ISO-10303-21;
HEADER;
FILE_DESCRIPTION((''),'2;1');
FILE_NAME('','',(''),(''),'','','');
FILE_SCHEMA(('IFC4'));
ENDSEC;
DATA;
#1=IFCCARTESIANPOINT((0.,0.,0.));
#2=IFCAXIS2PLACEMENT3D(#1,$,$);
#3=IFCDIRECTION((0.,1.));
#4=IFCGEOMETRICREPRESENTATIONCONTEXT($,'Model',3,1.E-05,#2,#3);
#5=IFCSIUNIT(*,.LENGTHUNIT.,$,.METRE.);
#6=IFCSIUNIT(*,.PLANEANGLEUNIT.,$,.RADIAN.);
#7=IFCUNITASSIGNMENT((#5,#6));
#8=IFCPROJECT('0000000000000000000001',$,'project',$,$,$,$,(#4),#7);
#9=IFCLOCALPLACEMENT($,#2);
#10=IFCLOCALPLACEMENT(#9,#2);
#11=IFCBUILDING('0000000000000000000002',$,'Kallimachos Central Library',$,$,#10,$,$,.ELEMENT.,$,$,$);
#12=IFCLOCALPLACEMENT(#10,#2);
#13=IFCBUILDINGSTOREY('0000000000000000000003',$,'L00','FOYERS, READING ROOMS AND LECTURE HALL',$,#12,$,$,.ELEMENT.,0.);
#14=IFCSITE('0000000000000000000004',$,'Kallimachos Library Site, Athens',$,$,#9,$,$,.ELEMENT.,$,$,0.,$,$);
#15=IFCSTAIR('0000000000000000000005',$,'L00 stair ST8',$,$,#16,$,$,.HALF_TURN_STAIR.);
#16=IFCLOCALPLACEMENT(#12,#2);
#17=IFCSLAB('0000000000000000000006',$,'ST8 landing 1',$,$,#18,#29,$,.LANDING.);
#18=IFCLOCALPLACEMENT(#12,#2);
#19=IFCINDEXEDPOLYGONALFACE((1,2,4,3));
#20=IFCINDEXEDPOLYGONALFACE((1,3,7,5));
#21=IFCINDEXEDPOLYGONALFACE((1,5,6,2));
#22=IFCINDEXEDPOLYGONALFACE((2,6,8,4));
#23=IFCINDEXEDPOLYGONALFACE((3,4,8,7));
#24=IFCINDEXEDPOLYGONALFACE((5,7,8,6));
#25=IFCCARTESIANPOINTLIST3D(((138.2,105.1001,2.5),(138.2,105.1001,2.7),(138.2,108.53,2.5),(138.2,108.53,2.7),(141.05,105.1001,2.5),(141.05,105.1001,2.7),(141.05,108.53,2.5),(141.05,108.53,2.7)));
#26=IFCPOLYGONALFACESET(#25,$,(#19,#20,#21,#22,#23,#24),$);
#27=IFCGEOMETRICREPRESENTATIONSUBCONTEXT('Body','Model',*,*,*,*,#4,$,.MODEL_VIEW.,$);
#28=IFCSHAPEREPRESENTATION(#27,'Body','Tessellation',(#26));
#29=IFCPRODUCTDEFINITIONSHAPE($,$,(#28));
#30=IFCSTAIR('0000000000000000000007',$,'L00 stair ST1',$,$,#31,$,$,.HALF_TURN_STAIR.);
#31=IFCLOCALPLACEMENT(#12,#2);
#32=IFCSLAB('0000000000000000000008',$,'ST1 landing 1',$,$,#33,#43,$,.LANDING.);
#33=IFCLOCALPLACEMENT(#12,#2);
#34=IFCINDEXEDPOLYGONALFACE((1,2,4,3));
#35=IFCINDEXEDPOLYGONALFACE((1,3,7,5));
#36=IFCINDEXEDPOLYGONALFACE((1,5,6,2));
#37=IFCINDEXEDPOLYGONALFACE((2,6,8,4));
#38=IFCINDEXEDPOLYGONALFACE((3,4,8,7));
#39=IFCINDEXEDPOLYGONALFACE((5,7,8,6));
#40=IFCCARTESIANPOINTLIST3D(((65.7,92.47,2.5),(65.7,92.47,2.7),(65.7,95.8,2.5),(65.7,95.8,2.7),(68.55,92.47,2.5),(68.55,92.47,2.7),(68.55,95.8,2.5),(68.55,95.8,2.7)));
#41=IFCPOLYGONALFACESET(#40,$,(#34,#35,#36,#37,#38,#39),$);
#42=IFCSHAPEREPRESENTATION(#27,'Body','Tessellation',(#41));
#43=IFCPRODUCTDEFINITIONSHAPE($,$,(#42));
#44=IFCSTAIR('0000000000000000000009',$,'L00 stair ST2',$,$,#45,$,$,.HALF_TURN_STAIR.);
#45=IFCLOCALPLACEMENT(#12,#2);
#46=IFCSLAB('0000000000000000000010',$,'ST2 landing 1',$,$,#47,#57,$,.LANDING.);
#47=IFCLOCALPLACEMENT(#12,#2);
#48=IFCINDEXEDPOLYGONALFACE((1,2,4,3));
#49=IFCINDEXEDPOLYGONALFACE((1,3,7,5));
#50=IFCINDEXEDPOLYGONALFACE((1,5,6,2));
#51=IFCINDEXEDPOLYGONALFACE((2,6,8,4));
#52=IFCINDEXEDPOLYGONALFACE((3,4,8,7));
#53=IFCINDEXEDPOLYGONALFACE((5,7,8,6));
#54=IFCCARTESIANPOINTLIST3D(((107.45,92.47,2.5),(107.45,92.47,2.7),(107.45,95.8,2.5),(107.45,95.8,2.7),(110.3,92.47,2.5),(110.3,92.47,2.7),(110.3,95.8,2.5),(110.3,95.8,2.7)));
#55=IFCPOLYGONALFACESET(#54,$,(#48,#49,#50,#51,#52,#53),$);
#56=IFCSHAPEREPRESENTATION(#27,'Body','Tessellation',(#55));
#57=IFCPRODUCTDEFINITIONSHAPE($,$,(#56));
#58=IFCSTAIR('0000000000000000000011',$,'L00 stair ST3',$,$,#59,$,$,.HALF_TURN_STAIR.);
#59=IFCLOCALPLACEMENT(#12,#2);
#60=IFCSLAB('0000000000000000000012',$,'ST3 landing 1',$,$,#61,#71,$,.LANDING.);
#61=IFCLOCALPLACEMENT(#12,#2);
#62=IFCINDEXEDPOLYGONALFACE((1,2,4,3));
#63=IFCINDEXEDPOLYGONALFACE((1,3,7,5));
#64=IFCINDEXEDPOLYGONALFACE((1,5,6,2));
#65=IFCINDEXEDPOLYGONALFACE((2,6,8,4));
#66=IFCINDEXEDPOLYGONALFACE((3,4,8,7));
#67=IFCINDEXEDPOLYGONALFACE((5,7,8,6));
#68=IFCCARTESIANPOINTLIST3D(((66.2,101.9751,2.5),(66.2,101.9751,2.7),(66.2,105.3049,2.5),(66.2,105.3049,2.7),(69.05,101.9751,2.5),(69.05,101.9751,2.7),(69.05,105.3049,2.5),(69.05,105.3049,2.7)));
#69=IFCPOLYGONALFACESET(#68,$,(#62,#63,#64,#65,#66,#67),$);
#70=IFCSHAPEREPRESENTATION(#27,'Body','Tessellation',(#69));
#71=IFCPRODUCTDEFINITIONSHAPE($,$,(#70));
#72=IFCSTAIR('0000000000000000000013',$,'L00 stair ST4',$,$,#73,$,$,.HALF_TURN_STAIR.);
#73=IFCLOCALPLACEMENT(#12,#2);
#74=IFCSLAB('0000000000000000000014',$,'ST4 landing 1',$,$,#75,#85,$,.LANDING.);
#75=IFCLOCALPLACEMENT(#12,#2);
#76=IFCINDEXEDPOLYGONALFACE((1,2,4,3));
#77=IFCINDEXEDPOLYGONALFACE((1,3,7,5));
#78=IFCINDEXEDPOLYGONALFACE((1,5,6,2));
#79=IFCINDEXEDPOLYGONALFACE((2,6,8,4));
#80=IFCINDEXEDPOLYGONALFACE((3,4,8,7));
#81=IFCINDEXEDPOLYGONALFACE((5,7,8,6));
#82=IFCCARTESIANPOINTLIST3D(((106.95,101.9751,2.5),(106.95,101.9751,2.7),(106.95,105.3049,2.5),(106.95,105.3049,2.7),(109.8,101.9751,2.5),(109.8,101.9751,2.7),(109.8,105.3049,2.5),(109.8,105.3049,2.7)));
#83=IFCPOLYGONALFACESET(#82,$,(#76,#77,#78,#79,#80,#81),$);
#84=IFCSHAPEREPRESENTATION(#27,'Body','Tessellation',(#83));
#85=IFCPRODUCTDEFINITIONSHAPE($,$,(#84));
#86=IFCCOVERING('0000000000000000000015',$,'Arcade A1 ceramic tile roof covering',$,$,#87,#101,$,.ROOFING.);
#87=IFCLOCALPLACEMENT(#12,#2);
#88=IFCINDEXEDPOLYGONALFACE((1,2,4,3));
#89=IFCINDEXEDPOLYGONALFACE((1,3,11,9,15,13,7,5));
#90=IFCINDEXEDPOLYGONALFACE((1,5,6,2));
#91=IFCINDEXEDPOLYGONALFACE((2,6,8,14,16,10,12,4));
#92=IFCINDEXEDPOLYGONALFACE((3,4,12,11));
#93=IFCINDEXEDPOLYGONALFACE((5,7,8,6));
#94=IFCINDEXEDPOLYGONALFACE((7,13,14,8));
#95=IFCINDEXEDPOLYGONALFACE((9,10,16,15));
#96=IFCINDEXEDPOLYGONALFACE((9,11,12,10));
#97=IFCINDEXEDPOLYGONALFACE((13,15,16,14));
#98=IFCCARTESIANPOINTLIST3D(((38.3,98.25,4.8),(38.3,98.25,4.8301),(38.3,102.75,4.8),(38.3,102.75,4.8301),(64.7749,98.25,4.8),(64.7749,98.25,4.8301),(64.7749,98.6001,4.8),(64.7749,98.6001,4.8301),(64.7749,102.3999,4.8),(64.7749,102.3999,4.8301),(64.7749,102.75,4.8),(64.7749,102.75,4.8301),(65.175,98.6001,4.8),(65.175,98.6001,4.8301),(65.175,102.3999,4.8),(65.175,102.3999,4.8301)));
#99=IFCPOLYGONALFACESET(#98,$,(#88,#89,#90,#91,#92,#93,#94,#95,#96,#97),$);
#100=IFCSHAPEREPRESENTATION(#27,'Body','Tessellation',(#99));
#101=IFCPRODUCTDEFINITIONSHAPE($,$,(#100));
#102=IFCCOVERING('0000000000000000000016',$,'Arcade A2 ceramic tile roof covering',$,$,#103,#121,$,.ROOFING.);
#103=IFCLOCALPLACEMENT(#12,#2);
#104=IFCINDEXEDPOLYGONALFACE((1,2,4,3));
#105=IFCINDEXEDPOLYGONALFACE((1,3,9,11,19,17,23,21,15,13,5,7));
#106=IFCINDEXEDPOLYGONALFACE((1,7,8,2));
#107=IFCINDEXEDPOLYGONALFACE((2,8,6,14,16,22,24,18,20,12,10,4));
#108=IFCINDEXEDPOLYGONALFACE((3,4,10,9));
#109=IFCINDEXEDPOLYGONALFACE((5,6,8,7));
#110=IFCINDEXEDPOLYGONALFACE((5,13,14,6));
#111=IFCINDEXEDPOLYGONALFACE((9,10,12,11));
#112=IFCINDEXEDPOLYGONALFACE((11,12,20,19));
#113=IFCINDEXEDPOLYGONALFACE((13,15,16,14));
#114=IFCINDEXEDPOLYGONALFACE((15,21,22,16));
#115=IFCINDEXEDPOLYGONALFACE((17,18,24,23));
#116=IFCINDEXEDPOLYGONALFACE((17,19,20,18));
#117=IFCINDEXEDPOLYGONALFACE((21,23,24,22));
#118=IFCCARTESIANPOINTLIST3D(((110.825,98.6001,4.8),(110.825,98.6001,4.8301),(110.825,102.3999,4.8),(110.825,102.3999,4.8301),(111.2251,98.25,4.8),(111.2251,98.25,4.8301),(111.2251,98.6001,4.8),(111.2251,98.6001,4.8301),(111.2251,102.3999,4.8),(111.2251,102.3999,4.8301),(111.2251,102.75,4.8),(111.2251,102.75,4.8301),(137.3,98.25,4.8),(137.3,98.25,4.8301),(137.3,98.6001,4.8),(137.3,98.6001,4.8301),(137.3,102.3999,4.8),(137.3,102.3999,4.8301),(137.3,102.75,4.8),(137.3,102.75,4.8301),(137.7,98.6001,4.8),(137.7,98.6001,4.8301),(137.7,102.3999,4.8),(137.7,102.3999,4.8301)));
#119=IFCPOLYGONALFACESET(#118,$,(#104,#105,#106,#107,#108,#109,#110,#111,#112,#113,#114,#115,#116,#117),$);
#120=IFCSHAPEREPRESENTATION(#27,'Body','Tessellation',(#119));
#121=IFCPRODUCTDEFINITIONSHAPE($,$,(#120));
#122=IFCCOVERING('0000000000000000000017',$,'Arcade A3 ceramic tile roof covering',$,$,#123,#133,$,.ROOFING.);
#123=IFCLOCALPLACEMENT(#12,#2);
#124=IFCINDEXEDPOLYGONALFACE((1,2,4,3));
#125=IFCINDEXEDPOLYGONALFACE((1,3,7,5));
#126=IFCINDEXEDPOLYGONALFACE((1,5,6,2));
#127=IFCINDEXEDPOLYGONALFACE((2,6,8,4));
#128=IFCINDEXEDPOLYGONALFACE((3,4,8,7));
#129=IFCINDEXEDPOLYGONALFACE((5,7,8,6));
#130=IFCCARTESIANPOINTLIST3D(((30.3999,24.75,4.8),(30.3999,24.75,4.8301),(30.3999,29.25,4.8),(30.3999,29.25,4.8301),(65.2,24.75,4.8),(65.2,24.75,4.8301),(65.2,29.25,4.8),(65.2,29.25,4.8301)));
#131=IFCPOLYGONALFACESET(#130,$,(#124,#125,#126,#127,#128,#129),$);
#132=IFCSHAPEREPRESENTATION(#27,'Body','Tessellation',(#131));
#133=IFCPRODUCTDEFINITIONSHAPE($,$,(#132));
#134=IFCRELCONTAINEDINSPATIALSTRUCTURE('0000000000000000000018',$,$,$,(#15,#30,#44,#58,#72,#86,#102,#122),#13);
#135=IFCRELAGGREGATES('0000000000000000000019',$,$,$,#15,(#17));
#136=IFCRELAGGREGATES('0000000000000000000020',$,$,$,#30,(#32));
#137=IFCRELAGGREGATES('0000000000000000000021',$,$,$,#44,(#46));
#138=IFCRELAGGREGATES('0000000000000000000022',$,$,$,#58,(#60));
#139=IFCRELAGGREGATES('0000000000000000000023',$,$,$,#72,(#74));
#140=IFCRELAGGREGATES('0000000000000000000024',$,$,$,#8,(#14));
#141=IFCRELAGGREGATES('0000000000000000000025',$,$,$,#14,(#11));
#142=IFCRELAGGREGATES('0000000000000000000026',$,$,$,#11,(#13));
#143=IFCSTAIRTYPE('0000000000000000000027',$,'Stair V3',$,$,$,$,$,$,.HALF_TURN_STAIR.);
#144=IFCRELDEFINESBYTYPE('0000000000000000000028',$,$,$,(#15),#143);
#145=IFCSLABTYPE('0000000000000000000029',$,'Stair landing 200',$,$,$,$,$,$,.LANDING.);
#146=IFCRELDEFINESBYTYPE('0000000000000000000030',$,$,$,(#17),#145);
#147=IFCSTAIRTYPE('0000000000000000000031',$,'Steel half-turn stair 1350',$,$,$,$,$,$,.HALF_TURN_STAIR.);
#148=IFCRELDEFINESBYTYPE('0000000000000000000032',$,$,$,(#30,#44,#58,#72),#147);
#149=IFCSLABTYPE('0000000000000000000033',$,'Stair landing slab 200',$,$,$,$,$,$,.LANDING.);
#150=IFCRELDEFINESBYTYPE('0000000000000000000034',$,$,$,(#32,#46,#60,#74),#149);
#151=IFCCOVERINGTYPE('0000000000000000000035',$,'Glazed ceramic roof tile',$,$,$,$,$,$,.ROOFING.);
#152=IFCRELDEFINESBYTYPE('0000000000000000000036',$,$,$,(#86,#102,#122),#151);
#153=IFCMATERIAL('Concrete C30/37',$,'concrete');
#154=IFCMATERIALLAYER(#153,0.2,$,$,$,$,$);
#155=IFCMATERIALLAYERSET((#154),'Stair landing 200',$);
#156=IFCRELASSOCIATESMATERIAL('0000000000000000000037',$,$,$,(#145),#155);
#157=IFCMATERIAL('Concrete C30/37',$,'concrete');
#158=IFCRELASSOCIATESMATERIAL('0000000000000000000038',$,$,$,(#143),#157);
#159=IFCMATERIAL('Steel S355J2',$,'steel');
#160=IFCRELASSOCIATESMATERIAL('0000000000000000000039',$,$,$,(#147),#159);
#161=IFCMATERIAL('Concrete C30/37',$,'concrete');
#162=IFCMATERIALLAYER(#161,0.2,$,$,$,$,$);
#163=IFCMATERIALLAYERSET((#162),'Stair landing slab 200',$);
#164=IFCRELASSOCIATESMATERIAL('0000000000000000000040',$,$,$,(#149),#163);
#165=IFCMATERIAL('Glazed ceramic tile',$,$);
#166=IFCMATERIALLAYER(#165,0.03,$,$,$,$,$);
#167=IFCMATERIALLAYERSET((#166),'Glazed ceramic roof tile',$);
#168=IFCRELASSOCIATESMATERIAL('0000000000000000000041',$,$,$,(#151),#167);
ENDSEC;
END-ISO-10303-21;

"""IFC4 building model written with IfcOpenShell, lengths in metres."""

from ifc_helpers import new_model, si_unit, direction, frame, origin, place, context, subcontext, project, spatial, polyline, outline, extrude, material, layer, layer_set, type_object, element, aggregate, save


model = new_model("IFC4")

# Units and contexts
model_context = context("Model", 3, precision=1e-05, world=origin(), true_north=direction((0.0, 1.0)))
body_context = subcontext(model_context, "Body", "Model", "MODEL_VIEW")
ifc_project = project(units=[si_unit("LENGTHUNIT", "METRE"), si_unit("PLANEANGLEUNIT", "RADIAN")], contexts=[model_context])

# Site, building, storey
site_placement = place(None, origin())
site = spatial("IfcSite", under=ifc_project, at=site_placement, Name="Kallimachos Library Site, Athens", CompositionType="ELEMENT", RefElevation=0.0)
building_placement = place(site_placement, origin())
building = spatial("IfcBuilding", under=site, at=building_placement, Name="Kallimachos Central Library", CompositionType="ELEMENT")
storey_placement = place(building_placement, origin())
storey = spatial("IfcBuildingStorey", under=building, at=storey_placement, Name="L00", Description="FOYERS, READING ROOMS AND LECTURE HALL", CompositionType="ELEMENT", Elevation=0.0)

# Stairs, slabs
ifc_material_1 = material(Name="Concrete C30/37", Category="concrete")
ifc_layer_1 = layer(ifc_material_1, 0.2)
ifc_layer_set_1 = layer_set([ifc_layer_1], Name="Stair landing 200")
slab_type_1 = type_object("IfcSlabType", Name="Stair landing 200", PredefinedType="LANDING", material=ifc_layer_set_1)
ifc_material_2 = material(Name="Concrete C30/37", Category="concrete")
stair_type_1 = type_object("IfcStairType", Name="Stair V3", PredefinedType="HALF_TURN_STAIR", material=ifc_material_2)
stair_1_placement = place(storey_placement, origin())
stair_1 = element("IfcStair", 1, at=stair_1_placement, inside=storey, type_object=stair_type_1, Name="L00 stair ST8", PredefinedType="HALF_TURN_STAIR")
slab_1_placement = place(storey_placement, frame((0.0, 0.0, 2.5)))
slab_1 = element("IfcSlab", 2, at=slab_1_placement, type_object=slab_type_1, Name="ST8 landing 1", PredefinedType="LANDING", context=body_context, shape_type="SweptSolid", body=[
    extrude(outline(polyline([(138.2, 105.1001), (141.05, 105.1001), (141.05, 108.53), (138.2, 108.53), (138.2, 105.1001)])), origin(), (0.0, 0.0, 1.0), 0.2),
])
aggregate(stair_1, [slab_1])
ifc_material_3 = material(Name="Steel S355J2", Category="steel")
stair_type_2 = type_object("IfcStairType", Name="Steel half-turn stair 1350", PredefinedType="HALF_TURN_STAIR", material=ifc_material_3)
stair_2_placement = place(storey_placement, origin())
stair_2 = element("IfcStair", 3, at=stair_2_placement, inside=storey, type_object=stair_type_2, Name="L00 stair ST1", PredefinedType="HALF_TURN_STAIR")
ifc_material_4 = material(Name="Concrete C30/37", Category="concrete")
ifc_layer_2 = layer(ifc_material_4, 0.2)
ifc_layer_set_2 = layer_set([ifc_layer_2], Name="Stair landing slab 200")
slab_type_2 = type_object("IfcSlabType", Name="Stair landing slab 200", PredefinedType="LANDING", material=ifc_layer_set_2)
slab_2_placement = place(storey_placement, frame((0.0, 0.0, 2.5)))
slab_2 = element("IfcSlab", 4, at=slab_2_placement, type_object=slab_type_2, Name="ST1 landing 1", PredefinedType="LANDING", context=body_context, shape_type="SweptSolid", body=[
    extrude(outline(polyline([(68.55, 92.47), (68.55, 95.8), (65.7, 95.8), (65.7, 92.47), (68.55, 92.47)])), origin(), (0.0, 0.0, 1.0), 0.2),
])
aggregate(stair_2, [slab_2])
stair_3_placement = place(storey_placement, origin())
stair_3 = element("IfcStair", 5, at=stair_3_placement, inside=storey, type_object=stair_type_2, Name="L00 stair ST2", PredefinedType="HALF_TURN_STAIR")
slab_3_placement = place(storey_placement, frame((0.0, 0.0, 2.5)))
slab_3 = element("IfcSlab", 6, at=slab_3_placement, type_object=slab_type_2, Name="ST2 landing 1", PredefinedType="LANDING", context=body_context, shape_type="SweptSolid", body=[
    extrude(outline(polyline([(110.3, 92.47), (110.3, 95.8), (107.45, 95.8), (107.45, 92.47), (110.3, 92.47)])), origin(), (0.0, 0.0, 1.0), 0.2),
])
aggregate(stair_3, [slab_3])
stair_4_placement = place(storey_placement, origin())
stair_4 = element("IfcStair", 7, at=stair_4_placement, inside=storey, type_object=stair_type_2, Name="L00 stair ST3", PredefinedType="HALF_TURN_STAIR")
slab_4_placement = place(storey_placement, frame((0.0, 0.0, 2.5)))
slab_4 = element("IfcSlab", 8, at=slab_4_placement, type_object=slab_type_2, Name="ST3 landing 1", PredefinedType="LANDING", context=body_context, shape_type="SweptSolid", body=[
    extrude(outline(polyline([(66.2, 105.3049), (66.2, 101.9751), (69.05, 101.9751), (69.05, 105.3049), (66.2, 105.3049)])), origin(), (0.0, 0.0, 1.0), 0.2),
])
aggregate(stair_4, [slab_4])
stair_5_placement = place(storey_placement, origin())
stair_5 = element("IfcStair", 9, at=stair_5_placement, inside=storey, type_object=stair_type_2, Name="L00 stair ST4", PredefinedType="HALF_TURN_STAIR")
slab_5_placement = place(storey_placement, frame((0.0, 0.0, 2.5)))
slab_5 = element("IfcSlab", 10, at=slab_5_placement, type_object=slab_type_2, Name="ST4 landing 1", PredefinedType="LANDING", context=body_context, shape_type="SweptSolid", body=[
    extrude(outline(polyline([(106.95, 105.3049), (106.95, 101.9751), (109.8, 101.9751), (109.8, 105.3049), (106.95, 105.3049)])), origin(), (0.0, 0.0, 1.0), 0.2),
])
aggregate(stair_5, [slab_5])

# Coverings
ifc_material_5 = material(Name="Glazed ceramic tile")
ifc_layer_3 = layer(ifc_material_5, 0.03)
ifc_layer_set_3 = layer_set([ifc_layer_3], Name="Glazed ceramic roof tile")
covering_type = type_object("IfcCoveringType", Name="Glazed ceramic roof tile", PredefinedType="ROOFING", material=ifc_layer_set_3)
covering_1_placement = place(storey_placement, frame((0.0, 0.0, 4.8)))
element("IfcCovering", 11, at=covering_1_placement, inside=storey, type_object=covering_type, Name="Arcade A1 ceramic tile roof covering", PredefinedType="ROOFING", context=body_context, shape_type="SweptSolid", body=[
    extrude(outline(polyline([(38.3, 98.25), (64.7749, 98.25), (64.7749, 98.6001), (65.175, 98.6001), (65.175, 102.3999), (64.7749, 102.3999), (64.7749, 102.75), (38.3, 102.75), (38.3, 98.25)])), origin(), (0.0, 0.0, 1.0), 0.03),
])
covering_2_placement = place(storey_placement, frame((0.0, 0.0, 4.8)))
element("IfcCovering", 12, at=covering_2_placement, inside=storey, type_object=covering_type, Name="Arcade A2 ceramic tile roof covering", PredefinedType="ROOFING", context=body_context, shape_type="SweptSolid", body=[
    extrude(outline(polyline([(110.825, 98.6001), (111.2251, 98.6001), (111.2251, 98.25), (137.3, 98.25), (137.3, 98.6001), (137.7, 98.6001), (137.7, 102.3999), (137.3, 102.3999), (137.3, 102.75), (111.2251, 102.75), (111.2251, 102.3999), (110.825, 102.3999), (110.825, 98.6001)])), origin(), (0.0, 0.0, 1.0), 0.03),
])
covering_3_placement = place(storey_placement, frame((0.0, 0.0, 4.8)))
element("IfcCovering", 13, at=covering_3_placement, inside=storey, type_object=covering_type, Name="Arcade A3 ceramic tile roof covering", PredefinedType="ROOFING", context=body_context, shape_type="SweptSolid", body=[
    extrude(outline(polyline([(30.3999, 24.75), (65.2, 24.75), (65.2, 29.25), (30.3999, 29.25), (30.3999, 24.75)])), origin(), (0.0, 0.0, 1.0), 0.03),
])

save(model, "model.ifc")
